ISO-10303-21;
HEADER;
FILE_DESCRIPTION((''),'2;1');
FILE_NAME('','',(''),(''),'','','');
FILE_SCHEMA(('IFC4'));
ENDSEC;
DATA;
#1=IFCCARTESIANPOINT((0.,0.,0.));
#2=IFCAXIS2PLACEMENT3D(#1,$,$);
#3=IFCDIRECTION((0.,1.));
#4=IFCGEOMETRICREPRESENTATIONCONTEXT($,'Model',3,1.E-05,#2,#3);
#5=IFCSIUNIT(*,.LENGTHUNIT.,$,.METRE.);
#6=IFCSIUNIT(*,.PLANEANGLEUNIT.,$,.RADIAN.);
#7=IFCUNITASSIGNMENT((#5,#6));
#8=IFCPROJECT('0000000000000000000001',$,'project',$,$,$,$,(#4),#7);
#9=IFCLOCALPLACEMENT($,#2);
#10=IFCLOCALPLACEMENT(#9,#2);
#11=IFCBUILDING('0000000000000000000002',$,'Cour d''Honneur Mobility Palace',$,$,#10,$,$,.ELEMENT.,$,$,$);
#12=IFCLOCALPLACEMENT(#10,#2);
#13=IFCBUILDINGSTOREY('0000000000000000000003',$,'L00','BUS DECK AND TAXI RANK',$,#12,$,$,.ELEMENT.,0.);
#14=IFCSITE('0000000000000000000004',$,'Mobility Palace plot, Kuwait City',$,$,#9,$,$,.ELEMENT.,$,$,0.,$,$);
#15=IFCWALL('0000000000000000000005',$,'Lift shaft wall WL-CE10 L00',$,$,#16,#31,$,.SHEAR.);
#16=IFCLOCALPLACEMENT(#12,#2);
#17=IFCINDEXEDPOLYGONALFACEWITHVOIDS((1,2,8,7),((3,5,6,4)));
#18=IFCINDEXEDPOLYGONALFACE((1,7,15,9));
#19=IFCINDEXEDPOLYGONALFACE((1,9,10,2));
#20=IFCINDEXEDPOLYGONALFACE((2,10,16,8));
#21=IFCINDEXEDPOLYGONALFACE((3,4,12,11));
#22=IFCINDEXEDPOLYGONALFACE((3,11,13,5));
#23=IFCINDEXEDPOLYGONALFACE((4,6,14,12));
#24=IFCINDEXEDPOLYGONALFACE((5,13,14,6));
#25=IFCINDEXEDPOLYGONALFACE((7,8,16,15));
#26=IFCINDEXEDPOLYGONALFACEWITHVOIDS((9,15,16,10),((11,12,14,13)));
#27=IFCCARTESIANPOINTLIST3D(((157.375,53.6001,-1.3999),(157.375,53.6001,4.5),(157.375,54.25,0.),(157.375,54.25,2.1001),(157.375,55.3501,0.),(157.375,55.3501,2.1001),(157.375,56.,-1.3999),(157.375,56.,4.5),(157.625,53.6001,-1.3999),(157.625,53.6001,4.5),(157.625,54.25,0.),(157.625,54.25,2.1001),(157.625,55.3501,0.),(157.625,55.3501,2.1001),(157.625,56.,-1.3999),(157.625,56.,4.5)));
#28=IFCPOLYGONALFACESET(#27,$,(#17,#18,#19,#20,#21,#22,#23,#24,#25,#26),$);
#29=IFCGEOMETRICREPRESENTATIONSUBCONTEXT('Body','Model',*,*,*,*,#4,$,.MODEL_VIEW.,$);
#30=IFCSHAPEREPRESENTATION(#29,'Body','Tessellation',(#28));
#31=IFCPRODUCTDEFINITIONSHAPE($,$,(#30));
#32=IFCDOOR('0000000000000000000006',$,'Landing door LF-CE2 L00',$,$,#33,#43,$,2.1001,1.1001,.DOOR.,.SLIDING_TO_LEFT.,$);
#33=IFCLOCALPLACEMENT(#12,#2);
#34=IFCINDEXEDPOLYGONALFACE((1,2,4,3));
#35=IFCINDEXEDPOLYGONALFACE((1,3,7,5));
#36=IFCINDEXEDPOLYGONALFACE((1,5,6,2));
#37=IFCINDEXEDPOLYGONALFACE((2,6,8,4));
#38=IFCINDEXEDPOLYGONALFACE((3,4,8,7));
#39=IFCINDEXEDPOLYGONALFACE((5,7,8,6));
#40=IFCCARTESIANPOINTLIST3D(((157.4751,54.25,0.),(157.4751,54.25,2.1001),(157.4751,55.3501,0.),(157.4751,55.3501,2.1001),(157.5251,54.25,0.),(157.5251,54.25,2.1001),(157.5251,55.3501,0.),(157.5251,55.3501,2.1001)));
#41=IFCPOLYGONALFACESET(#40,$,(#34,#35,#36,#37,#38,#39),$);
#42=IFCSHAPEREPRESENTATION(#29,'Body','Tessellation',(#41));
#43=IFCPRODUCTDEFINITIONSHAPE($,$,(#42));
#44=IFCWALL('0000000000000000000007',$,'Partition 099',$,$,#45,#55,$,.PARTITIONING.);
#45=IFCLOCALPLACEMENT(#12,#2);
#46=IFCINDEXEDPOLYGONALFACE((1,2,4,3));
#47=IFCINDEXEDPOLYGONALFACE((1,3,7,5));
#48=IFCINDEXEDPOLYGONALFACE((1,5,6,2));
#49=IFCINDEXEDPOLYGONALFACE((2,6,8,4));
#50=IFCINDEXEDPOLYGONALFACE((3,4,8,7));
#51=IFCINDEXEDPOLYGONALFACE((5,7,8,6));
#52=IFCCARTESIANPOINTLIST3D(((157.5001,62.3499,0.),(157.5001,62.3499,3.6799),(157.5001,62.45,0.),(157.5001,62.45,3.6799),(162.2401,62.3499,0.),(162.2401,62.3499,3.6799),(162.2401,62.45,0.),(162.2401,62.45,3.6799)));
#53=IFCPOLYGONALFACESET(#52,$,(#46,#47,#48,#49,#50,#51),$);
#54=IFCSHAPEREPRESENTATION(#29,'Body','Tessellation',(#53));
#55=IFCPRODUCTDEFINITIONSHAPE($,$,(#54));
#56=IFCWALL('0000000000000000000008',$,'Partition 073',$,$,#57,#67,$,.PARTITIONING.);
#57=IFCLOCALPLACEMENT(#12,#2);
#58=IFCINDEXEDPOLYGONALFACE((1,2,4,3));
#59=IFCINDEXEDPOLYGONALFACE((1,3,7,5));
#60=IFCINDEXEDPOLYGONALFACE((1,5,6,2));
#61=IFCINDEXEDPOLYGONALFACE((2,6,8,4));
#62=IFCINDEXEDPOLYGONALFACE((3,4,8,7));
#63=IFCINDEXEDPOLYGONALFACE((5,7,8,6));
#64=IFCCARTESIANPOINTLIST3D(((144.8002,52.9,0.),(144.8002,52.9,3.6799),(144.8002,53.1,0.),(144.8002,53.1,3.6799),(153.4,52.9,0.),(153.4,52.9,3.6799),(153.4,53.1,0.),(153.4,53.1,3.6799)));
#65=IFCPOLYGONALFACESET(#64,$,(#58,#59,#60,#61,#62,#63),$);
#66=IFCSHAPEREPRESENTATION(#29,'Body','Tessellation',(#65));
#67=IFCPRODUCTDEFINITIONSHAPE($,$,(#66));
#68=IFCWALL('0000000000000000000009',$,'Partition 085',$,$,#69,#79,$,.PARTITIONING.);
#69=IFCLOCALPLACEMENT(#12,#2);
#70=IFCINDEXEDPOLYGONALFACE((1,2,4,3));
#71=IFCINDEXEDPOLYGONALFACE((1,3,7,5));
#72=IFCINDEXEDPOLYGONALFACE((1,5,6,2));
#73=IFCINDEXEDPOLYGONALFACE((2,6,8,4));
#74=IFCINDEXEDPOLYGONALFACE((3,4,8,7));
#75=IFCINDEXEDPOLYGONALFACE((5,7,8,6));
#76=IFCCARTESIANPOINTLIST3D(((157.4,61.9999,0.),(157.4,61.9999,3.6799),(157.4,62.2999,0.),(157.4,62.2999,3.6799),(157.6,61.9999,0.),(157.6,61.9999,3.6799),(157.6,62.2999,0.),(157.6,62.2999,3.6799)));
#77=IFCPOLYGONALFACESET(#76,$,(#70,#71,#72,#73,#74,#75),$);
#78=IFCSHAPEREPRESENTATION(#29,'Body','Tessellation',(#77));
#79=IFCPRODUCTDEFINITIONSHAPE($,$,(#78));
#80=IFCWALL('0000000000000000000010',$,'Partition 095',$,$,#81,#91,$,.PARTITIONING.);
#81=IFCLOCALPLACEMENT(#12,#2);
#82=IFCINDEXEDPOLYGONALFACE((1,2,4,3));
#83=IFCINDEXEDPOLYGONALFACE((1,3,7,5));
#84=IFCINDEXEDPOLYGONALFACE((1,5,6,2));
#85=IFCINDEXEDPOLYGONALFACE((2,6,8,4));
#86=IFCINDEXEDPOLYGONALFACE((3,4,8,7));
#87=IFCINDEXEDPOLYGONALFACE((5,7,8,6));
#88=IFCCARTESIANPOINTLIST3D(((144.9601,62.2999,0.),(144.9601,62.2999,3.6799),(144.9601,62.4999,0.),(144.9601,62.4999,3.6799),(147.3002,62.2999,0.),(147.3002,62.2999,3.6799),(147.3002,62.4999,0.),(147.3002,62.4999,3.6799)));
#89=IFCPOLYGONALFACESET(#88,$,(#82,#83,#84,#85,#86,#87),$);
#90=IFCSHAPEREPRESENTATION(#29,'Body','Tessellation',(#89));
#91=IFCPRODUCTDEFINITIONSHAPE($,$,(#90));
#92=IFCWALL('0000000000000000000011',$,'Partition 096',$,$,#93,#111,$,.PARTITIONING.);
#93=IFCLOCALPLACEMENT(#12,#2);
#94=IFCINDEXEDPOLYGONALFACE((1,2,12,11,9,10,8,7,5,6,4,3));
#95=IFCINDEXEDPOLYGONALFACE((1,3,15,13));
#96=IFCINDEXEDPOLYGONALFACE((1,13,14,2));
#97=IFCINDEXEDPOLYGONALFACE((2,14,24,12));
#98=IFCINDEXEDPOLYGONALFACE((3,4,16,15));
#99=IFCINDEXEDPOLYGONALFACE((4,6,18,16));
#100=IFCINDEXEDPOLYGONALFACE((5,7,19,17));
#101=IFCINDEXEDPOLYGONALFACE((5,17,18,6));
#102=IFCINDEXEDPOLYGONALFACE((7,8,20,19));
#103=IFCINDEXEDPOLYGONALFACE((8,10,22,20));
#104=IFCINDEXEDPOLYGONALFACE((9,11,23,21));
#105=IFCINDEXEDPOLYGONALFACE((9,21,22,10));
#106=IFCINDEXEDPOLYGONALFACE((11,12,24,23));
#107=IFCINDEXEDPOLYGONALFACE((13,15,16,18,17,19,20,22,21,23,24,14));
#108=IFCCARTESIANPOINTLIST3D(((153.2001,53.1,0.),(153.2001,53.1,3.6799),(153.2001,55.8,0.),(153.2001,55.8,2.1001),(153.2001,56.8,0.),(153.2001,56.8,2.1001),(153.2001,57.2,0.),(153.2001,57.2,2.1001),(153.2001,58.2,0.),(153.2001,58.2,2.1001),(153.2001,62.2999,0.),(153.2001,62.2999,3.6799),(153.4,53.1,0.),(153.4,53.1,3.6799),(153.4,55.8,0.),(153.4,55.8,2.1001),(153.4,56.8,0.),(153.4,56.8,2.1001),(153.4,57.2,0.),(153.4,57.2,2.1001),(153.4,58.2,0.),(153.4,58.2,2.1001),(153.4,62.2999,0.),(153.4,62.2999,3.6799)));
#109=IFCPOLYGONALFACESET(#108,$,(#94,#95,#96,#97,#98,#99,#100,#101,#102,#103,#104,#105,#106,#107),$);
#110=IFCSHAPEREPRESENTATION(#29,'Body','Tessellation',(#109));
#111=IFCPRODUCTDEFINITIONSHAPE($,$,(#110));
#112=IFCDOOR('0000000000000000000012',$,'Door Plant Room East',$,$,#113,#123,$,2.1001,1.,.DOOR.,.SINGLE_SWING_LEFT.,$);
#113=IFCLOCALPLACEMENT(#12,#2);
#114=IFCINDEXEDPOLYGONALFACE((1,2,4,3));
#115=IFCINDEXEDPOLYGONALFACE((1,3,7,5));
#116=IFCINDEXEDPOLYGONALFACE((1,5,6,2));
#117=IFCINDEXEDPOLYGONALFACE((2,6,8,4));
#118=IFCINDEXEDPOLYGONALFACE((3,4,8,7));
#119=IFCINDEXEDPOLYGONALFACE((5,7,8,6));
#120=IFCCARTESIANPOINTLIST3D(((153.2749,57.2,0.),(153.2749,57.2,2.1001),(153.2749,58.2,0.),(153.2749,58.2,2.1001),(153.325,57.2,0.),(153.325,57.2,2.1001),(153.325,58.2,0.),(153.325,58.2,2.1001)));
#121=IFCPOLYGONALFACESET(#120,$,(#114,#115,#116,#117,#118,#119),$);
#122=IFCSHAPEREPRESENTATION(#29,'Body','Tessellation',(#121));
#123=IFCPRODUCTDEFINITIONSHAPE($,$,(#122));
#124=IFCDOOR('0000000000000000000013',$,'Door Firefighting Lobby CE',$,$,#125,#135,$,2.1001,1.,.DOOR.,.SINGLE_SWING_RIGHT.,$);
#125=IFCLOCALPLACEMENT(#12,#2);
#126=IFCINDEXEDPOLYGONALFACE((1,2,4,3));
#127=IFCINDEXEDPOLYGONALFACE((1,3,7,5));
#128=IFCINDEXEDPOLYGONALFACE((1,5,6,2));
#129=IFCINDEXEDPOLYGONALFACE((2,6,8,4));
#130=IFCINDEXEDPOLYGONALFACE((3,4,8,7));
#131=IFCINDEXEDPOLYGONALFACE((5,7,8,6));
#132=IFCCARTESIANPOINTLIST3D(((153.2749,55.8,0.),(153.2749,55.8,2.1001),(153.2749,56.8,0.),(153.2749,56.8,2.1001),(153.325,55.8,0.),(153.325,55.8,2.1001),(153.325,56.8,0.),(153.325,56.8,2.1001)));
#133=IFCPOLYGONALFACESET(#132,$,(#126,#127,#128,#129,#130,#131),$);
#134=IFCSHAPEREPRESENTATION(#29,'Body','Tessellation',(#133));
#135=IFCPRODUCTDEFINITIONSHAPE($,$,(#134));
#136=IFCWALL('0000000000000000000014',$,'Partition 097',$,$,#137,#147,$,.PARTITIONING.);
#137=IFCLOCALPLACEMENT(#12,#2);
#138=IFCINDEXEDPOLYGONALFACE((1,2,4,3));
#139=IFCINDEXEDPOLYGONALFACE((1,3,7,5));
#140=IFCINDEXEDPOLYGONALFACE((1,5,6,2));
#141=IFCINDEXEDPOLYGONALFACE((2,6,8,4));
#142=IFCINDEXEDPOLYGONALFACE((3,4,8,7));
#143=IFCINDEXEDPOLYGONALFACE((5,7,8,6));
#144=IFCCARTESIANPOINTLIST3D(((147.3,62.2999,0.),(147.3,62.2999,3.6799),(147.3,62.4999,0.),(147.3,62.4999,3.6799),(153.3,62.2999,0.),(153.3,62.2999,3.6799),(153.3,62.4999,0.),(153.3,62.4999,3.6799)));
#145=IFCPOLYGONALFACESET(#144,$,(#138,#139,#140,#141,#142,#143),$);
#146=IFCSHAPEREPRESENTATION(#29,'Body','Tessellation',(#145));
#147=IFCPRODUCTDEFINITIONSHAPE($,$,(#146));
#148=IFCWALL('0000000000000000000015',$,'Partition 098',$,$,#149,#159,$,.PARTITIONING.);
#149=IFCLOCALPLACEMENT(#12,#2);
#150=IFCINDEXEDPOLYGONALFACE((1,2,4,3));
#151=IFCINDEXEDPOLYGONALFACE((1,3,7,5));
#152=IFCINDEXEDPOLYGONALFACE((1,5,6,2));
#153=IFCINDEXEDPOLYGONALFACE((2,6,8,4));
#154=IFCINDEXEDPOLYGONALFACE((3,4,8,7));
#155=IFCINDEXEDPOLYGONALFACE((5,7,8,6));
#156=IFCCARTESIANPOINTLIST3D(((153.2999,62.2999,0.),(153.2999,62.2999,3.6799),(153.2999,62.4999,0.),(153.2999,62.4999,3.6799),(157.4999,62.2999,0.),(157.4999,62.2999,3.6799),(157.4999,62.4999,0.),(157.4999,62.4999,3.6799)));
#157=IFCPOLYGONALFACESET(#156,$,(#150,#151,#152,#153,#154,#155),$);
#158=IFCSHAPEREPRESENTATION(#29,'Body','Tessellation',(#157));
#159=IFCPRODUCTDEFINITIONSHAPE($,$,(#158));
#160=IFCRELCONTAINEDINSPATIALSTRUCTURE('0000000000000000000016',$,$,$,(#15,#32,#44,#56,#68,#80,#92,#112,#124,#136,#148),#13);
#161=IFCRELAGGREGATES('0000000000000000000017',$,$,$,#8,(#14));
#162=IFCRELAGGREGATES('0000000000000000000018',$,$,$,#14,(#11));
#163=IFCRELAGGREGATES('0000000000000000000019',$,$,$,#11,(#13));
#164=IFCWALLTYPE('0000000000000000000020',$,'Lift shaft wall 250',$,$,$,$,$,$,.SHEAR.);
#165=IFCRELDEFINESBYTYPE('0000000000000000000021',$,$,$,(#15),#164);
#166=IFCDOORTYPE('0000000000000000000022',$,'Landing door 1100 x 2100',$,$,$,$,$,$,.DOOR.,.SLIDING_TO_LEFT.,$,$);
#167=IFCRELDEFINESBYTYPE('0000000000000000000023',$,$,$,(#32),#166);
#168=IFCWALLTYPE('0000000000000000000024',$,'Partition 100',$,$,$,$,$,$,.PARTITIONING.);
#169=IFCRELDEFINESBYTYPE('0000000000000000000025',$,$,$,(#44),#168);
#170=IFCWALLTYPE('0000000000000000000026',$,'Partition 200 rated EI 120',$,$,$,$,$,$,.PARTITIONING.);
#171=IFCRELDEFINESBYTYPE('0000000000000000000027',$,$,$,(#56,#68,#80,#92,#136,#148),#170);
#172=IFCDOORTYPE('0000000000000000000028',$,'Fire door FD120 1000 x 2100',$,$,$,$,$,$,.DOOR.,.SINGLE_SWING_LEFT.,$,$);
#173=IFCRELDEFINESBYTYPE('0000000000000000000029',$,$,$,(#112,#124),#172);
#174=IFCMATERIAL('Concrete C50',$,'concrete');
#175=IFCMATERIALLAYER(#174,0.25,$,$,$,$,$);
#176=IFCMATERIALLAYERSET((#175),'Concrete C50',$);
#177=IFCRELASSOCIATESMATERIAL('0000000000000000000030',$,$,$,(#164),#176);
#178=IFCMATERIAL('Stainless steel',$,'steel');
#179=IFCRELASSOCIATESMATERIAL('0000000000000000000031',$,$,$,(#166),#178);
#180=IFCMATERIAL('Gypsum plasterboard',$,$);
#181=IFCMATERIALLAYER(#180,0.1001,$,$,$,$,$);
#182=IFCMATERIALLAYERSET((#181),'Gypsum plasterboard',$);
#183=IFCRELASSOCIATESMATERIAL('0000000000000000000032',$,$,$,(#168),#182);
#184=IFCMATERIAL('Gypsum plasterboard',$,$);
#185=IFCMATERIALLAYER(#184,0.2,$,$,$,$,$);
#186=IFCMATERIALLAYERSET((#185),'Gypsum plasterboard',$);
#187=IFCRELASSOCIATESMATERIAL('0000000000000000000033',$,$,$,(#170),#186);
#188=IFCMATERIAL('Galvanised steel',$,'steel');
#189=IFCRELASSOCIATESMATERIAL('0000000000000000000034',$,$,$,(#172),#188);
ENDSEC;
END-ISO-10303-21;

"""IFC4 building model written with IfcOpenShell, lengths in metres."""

from ifc_helpers import new_model, si_unit, direction, frame, frame_2d, origin, place, context, subcontext, project, spatial, rectangle, extrude, material, layer, layer_set, type_object, element, fill, save


model = new_model("IFC4")

# Units and contexts
model_context = context("Model", 3, precision=1e-05, world=origin(), true_north=direction((0.0, 1.0)))
body_context = subcontext(model_context, "Body", "Model", "MODEL_VIEW")
ifc_project = project(units=[si_unit("LENGTHUNIT", "METRE"), si_unit("PLANEANGLEUNIT", "RADIAN")], contexts=[model_context])

# Site, building, storey
site_placement = place(None, origin())
site = spatial("IfcSite", under=ifc_project, at=site_placement, Name="Mobility Palace plot, Kuwait City", CompositionType="ELEMENT", RefElevation=0.0)
building_placement = place(site_placement, origin())
building = spatial("IfcBuilding", under=site, at=building_placement, Name="Cour d'Honneur Mobility Palace", CompositionType="ELEMENT")
storey_placement = place(building_placement, origin())
storey = spatial("IfcBuildingStorey", under=building, at=storey_placement, Name="L00", Description="BUS DECK AND TAXI RANK", CompositionType="ELEMENT", Elevation=0.0)

# Shared definitions
ifc_material_1 = material(Name="Concrete C50", Category="concrete")
ifc_layer_1 = layer(ifc_material_1, 0.25)
ifc_layer_set_1 = layer_set([ifc_layer_1], Name="Concrete C50")
wall_type_1 = type_object("IfcWallType", Name="Lift shaft wall 250", PredefinedType="SHEAR", material=ifc_layer_set_1)

# Wall, opening, door
wall_1_placement = place(storey_placement, frame((157.5, 53.6001, -1.3999), z_axis=(0.0, 0.0, 1.0), x_axis=(0.0, 1.0, 0.0)))
wall_1 = element("IfcWall", 1, at=wall_1_placement, inside=storey, type_object=wall_type_1, Name="Lift shaft wall WL-CE10 L00", PredefinedType="SHEAR", context=body_context, shape_type="SweptSolid", body=[
    extrude(rectangle(XDim=2.3999, YDim=0.25, at=frame_2d((1.2, 0.0))), origin(), (0.0, 0.0, 1.0), 5.8999),
])
opening_1_placement = place(wall_1_placement, frame((0.6499, 0.0, 1.3999)))
opening_1 = element("IfcOpeningElement", 2, at=opening_1_placement, cuts=wall_1, PredefinedType="OPENING", context=body_context, shape_type="SweptSolid", body=[
    extrude(rectangle(XDim=1.1001, YDim=2.1001, at=frame_2d((0.55, 1.05))), frame((0.0, 0.135, 0.0), z_axis=(0.0, -1.0, 0.0), x_axis=(1.0, 0.0, 0.0)), (0.0, 0.0, 1.0), 0.27),
])
ifc_material_2 = material(Name="Stainless steel", Category="steel")
door_type_1 = type_object("IfcDoorType", Name="Landing door 1100 x 2100", OperationType="SLIDING_TO_LEFT", PredefinedType="DOOR", material=ifc_material_2)
door_1_placement = place(opening_1_placement, origin())
door_1 = element("IfcDoor", 3, at=door_1_placement, inside=storey, type_object=door_type_1, Name="Landing door LF-CE2 L00", OperationType="SLIDING_TO_LEFT", OverallHeight=2.1001, OverallWidth=1.1001, PredefinedType="DOOR", context=body_context, shape_type="SweptSolid", body=[
    extrude(rectangle(XDim=1.1001, YDim=2.1001, at=frame_2d((0.55, 1.05))), frame((0.0, 0.0249, 0.0), z_axis=(0.0, -1.0, 0.0), x_axis=(1.0, 0.0, 0.0)), (0.0, 0.0, 1.0), 0.05),
])
fill(opening_1, door_1)

# Walls
ifc_material_3 = material(Name="Gypsum plasterboard")
ifc_layer_2 = layer(ifc_material_3, 0.1001)
ifc_layer_set_2 = layer_set([ifc_layer_2], Name="Gypsum plasterboard")
wall_type_2 = type_object("IfcWallType", Name="Partition 100", PredefinedType="PARTITIONING", material=ifc_layer_set_2)
wall_2_placement = place(storey_placement, frame((157.5, 62.3999, 0.0), z_axis=(0.0, 0.0, 1.0), x_axis=(1.0, 0.0, 0.0)))
element("IfcWall", 4, at=wall_2_placement, inside=storey, type_object=wall_type_2, Name="Partition 099", PredefinedType="PARTITIONING", context=body_context, shape_type="SweptSolid", body=[
    extrude(rectangle(XDim=4.74, YDim=0.1001, at=frame_2d((2.3701, 0.0))), origin(), (0.0, 0.0, 1.0), 3.6799),
])
ifc_material_4 = material(Name="Gypsum plasterboard")
ifc_layer_3 = layer(ifc_material_4, 0.2)
ifc_layer_set_3 = layer_set([ifc_layer_3], Name="Gypsum plasterboard")
wall_type_3 = type_object("IfcWallType", Name="Partition 200 rated EI 120", PredefinedType="PARTITIONING", material=ifc_layer_set_3)
wall_3_placement = place(storey_placement, frame((153.3999, 53.0, 0.0), z_axis=(0.0, 0.0, 1.0), x_axis=(-1.0, 0.0, 0.0)))
element("IfcWall", 5, at=wall_3_placement, inside=storey, type_object=wall_type_3, Name="Partition 073", PredefinedType="PARTITIONING", context=body_context, shape_type="SweptSolid", body=[
    extrude(rectangle(XDim=8.5999, YDim=0.2, at=frame_2d((4.2998, 0.0))), origin(), (0.0, 0.0, 1.0), 3.6799),
])
wall_4_placement = place(storey_placement, frame((157.5, 62.0, 0.0), z_axis=(0.0, 0.0, 1.0), x_axis=(0.0, 1.0, 0.0)))
element("IfcWall", 6, at=wall_4_placement, inside=storey, type_object=wall_type_3, Name="Partition 085", PredefinedType="PARTITIONING", context=body_context, shape_type="SweptSolid", body=[
    extrude(rectangle(XDim=0.3, YDim=0.2, at=frame_2d((0.1499, 0.0))), origin(), (0.0, 0.0, 1.0), 3.6799),
])
wall_5_placement = place(storey_placement, frame((147.3, 62.3999, 0.0), z_axis=(0.0, 0.0, 1.0), x_axis=(-1.0, 0.0, 0.0)))
element("IfcWall", 7, at=wall_5_placement, inside=storey, type_object=wall_type_3, Name="Partition 095", PredefinedType="PARTITIONING", context=body_context, shape_type="SweptSolid", body=[
    extrude(rectangle(XDim=2.3401, YDim=0.2, at=frame_2d((1.1699, 0.0))), origin(), (0.0, 0.0, 1.0), 3.6799),
])

# Wall, openings, doors
wall_6_placement = place(storey_placement, frame((153.3, 62.3, 0.0), z_axis=(0.0, 0.0, 1.0), x_axis=(0.0, -1.0, 0.0)))
wall_6 = element("IfcWall", 8, at=wall_6_placement, inside=storey, type_object=wall_type_3, Name="Partition 096", PredefinedType="PARTITIONING", context=body_context, shape_type="SweptSolid", body=[
    extrude(rectangle(XDim=9.2, YDim=0.2, at=frame_2d((4.6001, 0.0))), origin(), (0.0, 0.0, 1.0), 3.6799),
])
opening_2_placement = place(wall_6_placement, frame((4.1001, 0.0, 0.0)))
opening_2 = element("IfcOpeningElement", 9, at=opening_2_placement, cuts=wall_6, PredefinedType="OPENING", context=body_context, shape_type="SweptSolid", body=[
    extrude(rectangle(XDim=1.0, YDim=2.1001, at=frame_2d((0.5, 1.05))), frame((0.0, 0.1099, 0.0), z_axis=(0.0, -1.0, 0.0), x_axis=(1.0, 0.0, 0.0)), (0.0, 0.0, 1.0), 0.22),
])
opening_3_placement = place(wall_6_placement, frame((5.5, 0.0, 0.0)))
opening_3 = element("IfcOpeningElement", 10, at=opening_3_placement, cuts=wall_6, PredefinedType="OPENING", context=body_context, shape_type="SweptSolid", body=[
    extrude(rectangle(XDim=1.0, YDim=2.1001, at=frame_2d((0.5, 1.05))), frame((0.0, 0.1099, 0.0), z_axis=(0.0, -1.0, 0.0), x_axis=(1.0, 0.0, 0.0)), (0.0, 0.0, 1.0), 0.22),
])
ifc_material_5 = material(Name="Galvanised steel", Category="steel")
door_type_2 = type_object("IfcDoorType", Name="Fire door FD120 1000 x 2100", OperationType="SINGLE_SWING_LEFT", PredefinedType="DOOR", material=ifc_material_5)
door_2_placement = place(opening_2_placement, origin())
door_2 = element("IfcDoor", 11, at=door_2_placement, inside=storey, type_object=door_type_2, Name="Door Plant Room East", OperationType="SINGLE_SWING_LEFT", OverallHeight=2.1001, OverallWidth=1.0, PredefinedType="DOOR", context=body_context, shape_type="SweptSolid", body=[
    extrude(rectangle(XDim=1.0, YDim=2.1001, at=frame_2d((0.5, 1.05))), frame((0.0, 0.0249, 0.0), z_axis=(0.0, -1.0, 0.0), x_axis=(1.0, 0.0, 0.0)), (0.0, 0.0, 1.0), 0.05),
])
fill(opening_2, door_2)
door_3_placement = place(opening_3_placement, origin())
door_3 = element("IfcDoor", 12, at=door_3_placement, inside=storey, type_object=door_type_2, Name="Door Firefighting Lobby CE", OperationType="SINGLE_SWING_RIGHT", OverallHeight=2.1001, OverallWidth=1.0, PredefinedType="DOOR", context=body_context, shape_type="SweptSolid", body=[
    extrude(rectangle(XDim=1.0, YDim=2.1001, at=frame_2d((0.5, 1.05))), frame((0.0, 0.0249, 0.0), z_axis=(0.0, -1.0, 0.0), x_axis=(1.0, 0.0, 0.0)), (0.0, 0.0, 1.0), 0.05),
])
fill(opening_3, door_3)

# Walls
wall_7_placement = place(storey_placement, frame((153.3, 62.3999, 0.0), z_axis=(0.0, 0.0, 1.0), x_axis=(-1.0, 0.0, 0.0)))
element("IfcWall", 13, at=wall_7_placement, inside=storey, type_object=wall_type_3, Name="Partition 097", PredefinedType="PARTITIONING", context=body_context, shape_type="SweptSolid", body=[
    extrude(rectangle(XDim=6.0, YDim=0.2, at=frame_2d((3.0, 0.0))), origin(), (0.0, 0.0, 1.0), 3.6799),
])
wall_8_placement = place(storey_placement, frame((157.5, 62.3999, 0.0), z_axis=(0.0, 0.0, 1.0), x_axis=(-1.0, 0.0, 0.0)))
element("IfcWall", 14, at=wall_8_placement, inside=storey, type_object=wall_type_3, Name="Partition 098", PredefinedType="PARTITIONING", context=body_context, shape_type="SweptSolid", body=[
    extrude(rectangle(XDim=4.2, YDim=0.2, at=frame_2d((2.1001, 0.0))), origin(), (0.0, 0.0, 1.0), 3.6799),
])

save(model, "model.ifc")
